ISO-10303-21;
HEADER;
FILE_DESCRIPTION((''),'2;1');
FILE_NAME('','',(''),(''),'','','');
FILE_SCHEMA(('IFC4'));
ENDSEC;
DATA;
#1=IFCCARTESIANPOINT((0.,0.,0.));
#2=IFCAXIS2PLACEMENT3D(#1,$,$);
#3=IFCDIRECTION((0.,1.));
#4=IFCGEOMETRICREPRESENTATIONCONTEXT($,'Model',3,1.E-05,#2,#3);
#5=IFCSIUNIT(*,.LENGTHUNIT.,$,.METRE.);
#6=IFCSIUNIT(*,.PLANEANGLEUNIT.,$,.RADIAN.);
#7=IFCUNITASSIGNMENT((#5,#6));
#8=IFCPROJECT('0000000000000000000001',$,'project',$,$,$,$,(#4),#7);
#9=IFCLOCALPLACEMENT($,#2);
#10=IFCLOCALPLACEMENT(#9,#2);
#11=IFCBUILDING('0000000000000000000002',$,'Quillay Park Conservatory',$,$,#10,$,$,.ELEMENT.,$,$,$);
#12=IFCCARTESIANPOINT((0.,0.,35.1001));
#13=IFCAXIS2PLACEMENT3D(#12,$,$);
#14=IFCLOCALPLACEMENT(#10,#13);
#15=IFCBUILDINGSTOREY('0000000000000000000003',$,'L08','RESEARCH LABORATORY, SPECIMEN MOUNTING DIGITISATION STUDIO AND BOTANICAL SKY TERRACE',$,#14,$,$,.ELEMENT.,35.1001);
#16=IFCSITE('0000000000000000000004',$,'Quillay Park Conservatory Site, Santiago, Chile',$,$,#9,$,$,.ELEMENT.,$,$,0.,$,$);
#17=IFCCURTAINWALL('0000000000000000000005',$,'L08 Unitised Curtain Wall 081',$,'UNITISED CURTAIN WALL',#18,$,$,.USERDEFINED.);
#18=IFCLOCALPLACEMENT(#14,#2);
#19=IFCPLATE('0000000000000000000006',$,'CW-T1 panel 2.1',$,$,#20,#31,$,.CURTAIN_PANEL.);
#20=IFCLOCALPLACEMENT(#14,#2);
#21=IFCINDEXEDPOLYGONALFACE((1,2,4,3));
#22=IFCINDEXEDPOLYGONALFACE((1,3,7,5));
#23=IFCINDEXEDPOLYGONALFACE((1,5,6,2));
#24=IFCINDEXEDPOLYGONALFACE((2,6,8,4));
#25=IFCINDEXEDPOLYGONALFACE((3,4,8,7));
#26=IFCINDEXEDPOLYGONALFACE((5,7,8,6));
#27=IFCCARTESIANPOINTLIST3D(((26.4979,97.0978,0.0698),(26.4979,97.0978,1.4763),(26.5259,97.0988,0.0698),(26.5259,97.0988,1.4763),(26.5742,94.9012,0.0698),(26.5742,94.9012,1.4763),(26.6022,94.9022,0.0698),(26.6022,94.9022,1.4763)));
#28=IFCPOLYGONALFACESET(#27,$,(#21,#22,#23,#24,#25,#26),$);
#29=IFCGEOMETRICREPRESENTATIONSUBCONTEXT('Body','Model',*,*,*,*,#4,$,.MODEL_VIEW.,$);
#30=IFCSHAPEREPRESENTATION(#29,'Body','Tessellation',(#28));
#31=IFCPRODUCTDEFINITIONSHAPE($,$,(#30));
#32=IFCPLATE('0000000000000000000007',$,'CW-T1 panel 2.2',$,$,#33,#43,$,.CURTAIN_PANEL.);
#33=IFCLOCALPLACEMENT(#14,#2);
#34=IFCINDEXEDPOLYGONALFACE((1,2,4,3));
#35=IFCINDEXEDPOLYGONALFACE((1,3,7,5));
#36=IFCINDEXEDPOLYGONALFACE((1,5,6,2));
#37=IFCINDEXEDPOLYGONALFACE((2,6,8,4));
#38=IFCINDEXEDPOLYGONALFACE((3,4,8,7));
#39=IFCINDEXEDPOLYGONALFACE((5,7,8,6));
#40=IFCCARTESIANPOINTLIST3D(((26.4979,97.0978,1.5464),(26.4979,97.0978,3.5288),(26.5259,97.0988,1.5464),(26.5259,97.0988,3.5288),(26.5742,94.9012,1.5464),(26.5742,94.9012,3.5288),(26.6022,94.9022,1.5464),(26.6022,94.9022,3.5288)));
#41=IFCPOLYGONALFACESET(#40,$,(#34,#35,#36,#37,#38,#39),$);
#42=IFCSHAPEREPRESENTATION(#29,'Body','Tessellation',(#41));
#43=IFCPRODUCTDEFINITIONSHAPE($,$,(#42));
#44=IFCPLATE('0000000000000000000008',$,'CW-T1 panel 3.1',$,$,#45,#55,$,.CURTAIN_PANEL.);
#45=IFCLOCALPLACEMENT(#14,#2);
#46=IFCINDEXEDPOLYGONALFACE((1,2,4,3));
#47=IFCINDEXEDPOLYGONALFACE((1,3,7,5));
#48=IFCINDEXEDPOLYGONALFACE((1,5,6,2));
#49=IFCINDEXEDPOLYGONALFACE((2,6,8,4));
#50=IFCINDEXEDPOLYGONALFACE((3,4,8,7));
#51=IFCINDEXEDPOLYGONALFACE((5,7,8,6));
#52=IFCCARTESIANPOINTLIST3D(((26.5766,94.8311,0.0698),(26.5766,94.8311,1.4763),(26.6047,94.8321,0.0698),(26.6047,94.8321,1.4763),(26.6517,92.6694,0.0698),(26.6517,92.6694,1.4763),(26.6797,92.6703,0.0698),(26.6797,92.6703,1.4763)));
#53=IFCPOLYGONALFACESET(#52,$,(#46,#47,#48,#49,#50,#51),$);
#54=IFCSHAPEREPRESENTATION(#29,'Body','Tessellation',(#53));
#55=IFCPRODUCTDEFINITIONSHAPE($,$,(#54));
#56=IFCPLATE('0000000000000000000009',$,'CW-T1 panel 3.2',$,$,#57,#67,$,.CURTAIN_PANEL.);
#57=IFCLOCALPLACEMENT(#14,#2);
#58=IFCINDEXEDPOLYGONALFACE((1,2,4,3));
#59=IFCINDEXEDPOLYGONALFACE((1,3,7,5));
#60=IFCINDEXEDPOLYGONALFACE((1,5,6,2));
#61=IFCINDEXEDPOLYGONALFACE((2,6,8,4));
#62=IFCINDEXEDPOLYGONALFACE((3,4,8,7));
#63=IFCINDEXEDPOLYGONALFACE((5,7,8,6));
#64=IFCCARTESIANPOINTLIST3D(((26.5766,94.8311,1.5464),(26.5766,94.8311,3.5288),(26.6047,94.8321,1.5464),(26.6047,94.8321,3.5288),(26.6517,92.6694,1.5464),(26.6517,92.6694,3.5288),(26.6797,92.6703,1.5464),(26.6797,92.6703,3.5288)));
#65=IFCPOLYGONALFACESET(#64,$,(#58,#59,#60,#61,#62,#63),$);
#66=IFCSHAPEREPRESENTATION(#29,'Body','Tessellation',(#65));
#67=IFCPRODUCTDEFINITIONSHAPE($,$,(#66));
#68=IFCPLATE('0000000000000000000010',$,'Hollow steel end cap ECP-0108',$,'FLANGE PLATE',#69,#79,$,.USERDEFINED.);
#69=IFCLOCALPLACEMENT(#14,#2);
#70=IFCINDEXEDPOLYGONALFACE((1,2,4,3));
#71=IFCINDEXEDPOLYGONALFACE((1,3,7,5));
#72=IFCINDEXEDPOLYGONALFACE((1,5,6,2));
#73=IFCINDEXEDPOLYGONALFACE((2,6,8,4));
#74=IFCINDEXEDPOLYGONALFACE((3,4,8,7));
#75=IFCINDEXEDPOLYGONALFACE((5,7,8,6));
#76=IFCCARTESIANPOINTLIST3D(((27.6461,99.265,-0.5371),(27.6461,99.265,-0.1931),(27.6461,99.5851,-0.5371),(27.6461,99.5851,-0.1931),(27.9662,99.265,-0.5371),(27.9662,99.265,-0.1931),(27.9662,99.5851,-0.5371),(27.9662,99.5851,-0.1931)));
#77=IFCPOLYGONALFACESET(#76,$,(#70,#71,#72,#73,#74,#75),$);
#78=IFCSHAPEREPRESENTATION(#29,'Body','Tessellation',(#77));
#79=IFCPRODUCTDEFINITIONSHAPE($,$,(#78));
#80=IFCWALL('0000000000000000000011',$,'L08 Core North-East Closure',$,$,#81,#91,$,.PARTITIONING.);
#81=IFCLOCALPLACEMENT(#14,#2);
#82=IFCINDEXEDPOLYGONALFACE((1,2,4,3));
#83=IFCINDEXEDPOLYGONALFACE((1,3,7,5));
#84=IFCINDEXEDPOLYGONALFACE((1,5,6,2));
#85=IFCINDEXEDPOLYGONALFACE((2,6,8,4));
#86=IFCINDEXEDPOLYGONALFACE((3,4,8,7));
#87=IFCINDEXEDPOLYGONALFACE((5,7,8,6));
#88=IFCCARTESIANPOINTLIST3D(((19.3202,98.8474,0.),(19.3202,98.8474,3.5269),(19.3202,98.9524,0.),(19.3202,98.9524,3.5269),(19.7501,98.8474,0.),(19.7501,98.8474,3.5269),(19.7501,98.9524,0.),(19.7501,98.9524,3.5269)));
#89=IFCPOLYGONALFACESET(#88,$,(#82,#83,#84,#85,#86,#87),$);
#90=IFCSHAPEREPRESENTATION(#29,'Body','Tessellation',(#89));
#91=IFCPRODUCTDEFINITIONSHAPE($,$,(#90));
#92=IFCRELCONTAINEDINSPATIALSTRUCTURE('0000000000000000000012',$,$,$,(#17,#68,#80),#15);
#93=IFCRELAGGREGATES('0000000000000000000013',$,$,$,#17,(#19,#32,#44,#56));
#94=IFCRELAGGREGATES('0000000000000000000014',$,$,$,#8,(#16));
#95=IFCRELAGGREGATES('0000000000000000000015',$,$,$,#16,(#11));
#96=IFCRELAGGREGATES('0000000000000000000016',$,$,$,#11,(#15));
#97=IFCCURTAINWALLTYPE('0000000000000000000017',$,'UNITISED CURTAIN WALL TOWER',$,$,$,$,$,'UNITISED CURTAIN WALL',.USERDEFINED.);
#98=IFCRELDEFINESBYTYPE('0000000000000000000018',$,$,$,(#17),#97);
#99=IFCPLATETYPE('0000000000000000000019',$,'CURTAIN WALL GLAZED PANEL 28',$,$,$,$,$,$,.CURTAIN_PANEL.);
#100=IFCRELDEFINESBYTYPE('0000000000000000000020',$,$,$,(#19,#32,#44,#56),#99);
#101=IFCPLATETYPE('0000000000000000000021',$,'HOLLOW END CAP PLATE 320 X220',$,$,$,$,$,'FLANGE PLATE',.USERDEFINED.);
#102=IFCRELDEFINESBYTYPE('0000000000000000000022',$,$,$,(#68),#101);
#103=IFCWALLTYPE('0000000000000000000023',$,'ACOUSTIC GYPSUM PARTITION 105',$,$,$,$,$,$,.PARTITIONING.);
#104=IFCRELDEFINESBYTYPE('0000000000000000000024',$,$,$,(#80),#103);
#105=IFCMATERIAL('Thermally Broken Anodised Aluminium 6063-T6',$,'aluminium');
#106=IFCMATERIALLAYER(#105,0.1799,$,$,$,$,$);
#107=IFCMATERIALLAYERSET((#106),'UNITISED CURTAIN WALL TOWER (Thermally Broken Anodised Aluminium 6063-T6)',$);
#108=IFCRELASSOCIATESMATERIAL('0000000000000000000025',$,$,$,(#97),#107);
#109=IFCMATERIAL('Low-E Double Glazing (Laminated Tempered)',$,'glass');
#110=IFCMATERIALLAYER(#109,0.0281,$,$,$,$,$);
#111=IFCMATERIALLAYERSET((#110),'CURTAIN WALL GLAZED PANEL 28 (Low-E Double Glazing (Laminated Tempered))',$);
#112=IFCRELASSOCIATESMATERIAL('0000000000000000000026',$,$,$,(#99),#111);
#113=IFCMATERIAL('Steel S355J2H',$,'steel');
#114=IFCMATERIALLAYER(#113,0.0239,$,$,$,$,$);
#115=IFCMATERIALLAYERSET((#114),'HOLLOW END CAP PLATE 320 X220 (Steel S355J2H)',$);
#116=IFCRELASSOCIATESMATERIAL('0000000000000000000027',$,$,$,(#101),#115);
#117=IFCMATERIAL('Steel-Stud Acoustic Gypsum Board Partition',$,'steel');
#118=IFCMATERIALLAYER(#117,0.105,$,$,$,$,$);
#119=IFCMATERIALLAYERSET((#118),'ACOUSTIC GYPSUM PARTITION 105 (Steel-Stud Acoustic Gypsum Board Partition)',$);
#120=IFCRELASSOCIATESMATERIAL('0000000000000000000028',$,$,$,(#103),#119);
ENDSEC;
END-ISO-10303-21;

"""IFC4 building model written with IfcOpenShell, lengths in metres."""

from ifc_helpers import new_model, si_unit, direction, frame, frame_2d, origin, origin_2d, place, context, subcontext, project, spatial, rectangle, extrude, material, layer, layer_set, type_object, element, aggregate, save


model = new_model("IFC4")

# Units and contexts
model_context = context("Model", 3, precision=1e-05, world=origin(), true_north=direction((0.0, 1.0)))
body_context = subcontext(model_context, "Body", "Model", "MODEL_VIEW")
ifc_project = project(units=[si_unit("LENGTHUNIT", "METRE"), si_unit("PLANEANGLEUNIT", "RADIAN")], contexts=[model_context])

# Site, building, storey
site_placement = place(None, origin())
site = spatial("IfcSite", under=ifc_project, at=site_placement, Name="Quillay Park Conservatory Site, Santiago, Chile", CompositionType="ELEMENT", RefElevation=0.0)
building_placement = place(site_placement, origin())
building = spatial("IfcBuilding", under=site, at=building_placement, Name="Quillay Park Conservatory", CompositionType="ELEMENT")
storey_placement = place(building_placement, frame((0.0, 0.0, 35.1001)))
storey = spatial("IfcBuildingStorey", under=building, at=storey_placement, Name="L08", Description="RESEARCH LABORATORY, SPECIMEN MOUNTING DIGITISATION STUDIO AND BOTANICAL SKY TERRACE", CompositionType="ELEMENT", Elevation=35.1001)

# Curtain wall
ifc_material_1 = material(Name="Thermally Broken Anodised Aluminium 6063-T6", Category="aluminium")
ifc_layer_1 = layer(ifc_material_1, 0.1799)
ifc_layer_set_1 = layer_set([ifc_layer_1], Name="UNITISED CURTAIN WALL TOWER (Thermally Broken Anodised Aluminium 6063-T6)")
curtain_wall_type = type_object("IfcCurtainWallType", Name="UNITISED CURTAIN WALL TOWER", ElementType="UNITISED CURTAIN WALL", PredefinedType="USERDEFINED", material=ifc_layer_set_1)
curtain_wall_placement = place(storey_placement, origin())
curtain_wall = element("IfcCurtainWall", 1, at=curtain_wall_placement, inside=storey, type_object=curtain_wall_type, Name="L08 Unitised Curtain Wall 081", ObjectType="UNITISED CURTAIN WALL", PredefinedType="USERDEFINED")

# Plates
ifc_material_2 = material(Name="Low-E Double Glazing (Laminated Tempered)", Category="glass")
ifc_layer_2 = layer(ifc_material_2, 0.0281)
ifc_layer_set_2 = layer_set([ifc_layer_2], Name="CURTAIN WALL GLAZED PANEL 28 (Low-E Double Glazing (Laminated Tempered))")
plate_type_1 = type_object("IfcPlateType", Name="CURTAIN WALL GLAZED PANEL 28", PredefinedType="CURTAIN_PANEL", material=ifc_layer_set_2)
plate_1_placement = place(storey_placement, frame((26.55, 96.0, 0.0698), z_axis=(0.0, 0.0, 1.0), x_axis=(0.034713, -0.999397, 0.0)))
plate_1 = element("IfcPlate", 2, at=plate_1_placement, type_object=plate_type_1, Name="CW-T1 panel 2.1", PredefinedType="CURTAIN_PANEL", context=body_context, shape_type="SweptSolid", body=[
    extrude(rectangle(XDim=2.198, YDim=0.0281, at=origin_2d()), origin(), (0.0, 0.0, 1.0), 1.4065),
])
plate_2_placement = place(storey_placement, frame((26.55, 96.0, 1.5464), z_axis=(0.0, 0.0, 1.0), x_axis=(0.034713, -0.999397, 0.0)))
plate_2 = element("IfcPlate", 3, at=plate_2_placement, type_object=plate_type_1, Name="CW-T1 panel 2.2", PredefinedType="CURTAIN_PANEL", context=body_context, shape_type="SweptSolid", body=[
    extrude(rectangle(XDim=2.198, YDim=0.0281, at=origin_2d()), origin(), (0.0, 0.0, 1.0), 1.9824),
])
plate_3_placement = place(storey_placement, frame((26.6282, 93.7507, 0.0698), z_axis=(0.0, 0.0, 1.0), x_axis=(0.034713, -0.999397, 0.0)))
plate_3 = element("IfcPlate", 4, at=plate_3_placement, type_object=plate_type_1, Name="CW-T1 panel 3.1", PredefinedType="CURTAIN_PANEL", context=body_context, shape_type="SweptSolid", body=[
    extrude(rectangle(XDim=2.1631, YDim=0.0281, at=origin_2d()), origin(), (0.0, 0.0, 1.0), 1.4065),
])
plate_4_placement = place(storey_placement, frame((26.6282, 93.7507, 1.5464), z_axis=(0.0, 0.0, 1.0), x_axis=(0.034713, -0.999397, 0.0)))
plate_4 = element("IfcPlate", 5, at=plate_4_placement, type_object=plate_type_1, Name="CW-T1 panel 3.2", PredefinedType="CURTAIN_PANEL", context=body_context, shape_type="SweptSolid", body=[
    extrude(rectangle(XDim=2.1631, YDim=0.0281, at=origin_2d()), origin(), (0.0, 0.0, 1.0), 1.9824),
])
aggregate(curtain_wall, [plate_1, plate_2, plate_3, plate_4])
ifc_material_3 = material(Name="Steel S355J2H", Category="steel")
ifc_layer_3 = layer(ifc_material_3, 0.0239)
ifc_layer_set_3 = layer_set([ifc_layer_3], Name="HOLLOW END CAP PLATE 320 X220 (Steel S355J2H)")
plate_type_2 = type_object("IfcPlateType", Name="HOLLOW END CAP PLATE 320 X220", ElementType="FLANGE PLATE", PredefinedType="USERDEFINED", material=ifc_layer_set_3)
plate_5_placement = place(storey_placement, frame((27.8062, 99.425, -0.5371), z_axis=(0.0, 0.0, 1.0), x_axis=(1.0, 0.0, 0.0)))
element("IfcPlate", 6, at=plate_5_placement, inside=storey, type_object=plate_type_2, Name="Hollow steel end cap ECP-0108", ObjectType="FLANGE PLATE", PredefinedType="USERDEFINED", context=body_context, shape_type="SweptSolid", body=[
    extrude(rectangle(XDim=0.3201, YDim=0.3201, at=origin_2d()), origin(), (0.0, 0.0, 1.0), 0.344),
])

# Wall
ifc_material_4 = material(Name="Steel-Stud Acoustic Gypsum Board Partition", Category="steel")
ifc_layer_4 = layer(ifc_material_4, 0.105)
ifc_layer_set_4 = layer_set([ifc_layer_4], Name="ACOUSTIC GYPSUM PARTITION 105 (Steel-Stud Acoustic Gypsum Board Partition)")
wall_type = type_object("IfcWallType", Name="ACOUSTIC GYPSUM PARTITION 105", PredefinedType="PARTITIONING", material=ifc_layer_set_4)
wall_placement = place(storey_placement, frame((19.75, 98.8999, 0.0), z_axis=(0.0, 0.0, 1.0), x_axis=(-1.0, 0.0, 0.0)))
element("IfcWall", 7, at=wall_placement, inside=storey, type_object=wall_type, Name="L08 Core North-East Closure", PredefinedType="PARTITIONING", context=body_context, shape_type="SweptSolid", body=[
    extrude(rectangle(XDim=0.4299, YDim=0.105, at=frame_2d((0.2148, 0.0))), origin(), (0.0, 0.0, 1.0), 3.5269),
])

save(model, "model.ifc")
